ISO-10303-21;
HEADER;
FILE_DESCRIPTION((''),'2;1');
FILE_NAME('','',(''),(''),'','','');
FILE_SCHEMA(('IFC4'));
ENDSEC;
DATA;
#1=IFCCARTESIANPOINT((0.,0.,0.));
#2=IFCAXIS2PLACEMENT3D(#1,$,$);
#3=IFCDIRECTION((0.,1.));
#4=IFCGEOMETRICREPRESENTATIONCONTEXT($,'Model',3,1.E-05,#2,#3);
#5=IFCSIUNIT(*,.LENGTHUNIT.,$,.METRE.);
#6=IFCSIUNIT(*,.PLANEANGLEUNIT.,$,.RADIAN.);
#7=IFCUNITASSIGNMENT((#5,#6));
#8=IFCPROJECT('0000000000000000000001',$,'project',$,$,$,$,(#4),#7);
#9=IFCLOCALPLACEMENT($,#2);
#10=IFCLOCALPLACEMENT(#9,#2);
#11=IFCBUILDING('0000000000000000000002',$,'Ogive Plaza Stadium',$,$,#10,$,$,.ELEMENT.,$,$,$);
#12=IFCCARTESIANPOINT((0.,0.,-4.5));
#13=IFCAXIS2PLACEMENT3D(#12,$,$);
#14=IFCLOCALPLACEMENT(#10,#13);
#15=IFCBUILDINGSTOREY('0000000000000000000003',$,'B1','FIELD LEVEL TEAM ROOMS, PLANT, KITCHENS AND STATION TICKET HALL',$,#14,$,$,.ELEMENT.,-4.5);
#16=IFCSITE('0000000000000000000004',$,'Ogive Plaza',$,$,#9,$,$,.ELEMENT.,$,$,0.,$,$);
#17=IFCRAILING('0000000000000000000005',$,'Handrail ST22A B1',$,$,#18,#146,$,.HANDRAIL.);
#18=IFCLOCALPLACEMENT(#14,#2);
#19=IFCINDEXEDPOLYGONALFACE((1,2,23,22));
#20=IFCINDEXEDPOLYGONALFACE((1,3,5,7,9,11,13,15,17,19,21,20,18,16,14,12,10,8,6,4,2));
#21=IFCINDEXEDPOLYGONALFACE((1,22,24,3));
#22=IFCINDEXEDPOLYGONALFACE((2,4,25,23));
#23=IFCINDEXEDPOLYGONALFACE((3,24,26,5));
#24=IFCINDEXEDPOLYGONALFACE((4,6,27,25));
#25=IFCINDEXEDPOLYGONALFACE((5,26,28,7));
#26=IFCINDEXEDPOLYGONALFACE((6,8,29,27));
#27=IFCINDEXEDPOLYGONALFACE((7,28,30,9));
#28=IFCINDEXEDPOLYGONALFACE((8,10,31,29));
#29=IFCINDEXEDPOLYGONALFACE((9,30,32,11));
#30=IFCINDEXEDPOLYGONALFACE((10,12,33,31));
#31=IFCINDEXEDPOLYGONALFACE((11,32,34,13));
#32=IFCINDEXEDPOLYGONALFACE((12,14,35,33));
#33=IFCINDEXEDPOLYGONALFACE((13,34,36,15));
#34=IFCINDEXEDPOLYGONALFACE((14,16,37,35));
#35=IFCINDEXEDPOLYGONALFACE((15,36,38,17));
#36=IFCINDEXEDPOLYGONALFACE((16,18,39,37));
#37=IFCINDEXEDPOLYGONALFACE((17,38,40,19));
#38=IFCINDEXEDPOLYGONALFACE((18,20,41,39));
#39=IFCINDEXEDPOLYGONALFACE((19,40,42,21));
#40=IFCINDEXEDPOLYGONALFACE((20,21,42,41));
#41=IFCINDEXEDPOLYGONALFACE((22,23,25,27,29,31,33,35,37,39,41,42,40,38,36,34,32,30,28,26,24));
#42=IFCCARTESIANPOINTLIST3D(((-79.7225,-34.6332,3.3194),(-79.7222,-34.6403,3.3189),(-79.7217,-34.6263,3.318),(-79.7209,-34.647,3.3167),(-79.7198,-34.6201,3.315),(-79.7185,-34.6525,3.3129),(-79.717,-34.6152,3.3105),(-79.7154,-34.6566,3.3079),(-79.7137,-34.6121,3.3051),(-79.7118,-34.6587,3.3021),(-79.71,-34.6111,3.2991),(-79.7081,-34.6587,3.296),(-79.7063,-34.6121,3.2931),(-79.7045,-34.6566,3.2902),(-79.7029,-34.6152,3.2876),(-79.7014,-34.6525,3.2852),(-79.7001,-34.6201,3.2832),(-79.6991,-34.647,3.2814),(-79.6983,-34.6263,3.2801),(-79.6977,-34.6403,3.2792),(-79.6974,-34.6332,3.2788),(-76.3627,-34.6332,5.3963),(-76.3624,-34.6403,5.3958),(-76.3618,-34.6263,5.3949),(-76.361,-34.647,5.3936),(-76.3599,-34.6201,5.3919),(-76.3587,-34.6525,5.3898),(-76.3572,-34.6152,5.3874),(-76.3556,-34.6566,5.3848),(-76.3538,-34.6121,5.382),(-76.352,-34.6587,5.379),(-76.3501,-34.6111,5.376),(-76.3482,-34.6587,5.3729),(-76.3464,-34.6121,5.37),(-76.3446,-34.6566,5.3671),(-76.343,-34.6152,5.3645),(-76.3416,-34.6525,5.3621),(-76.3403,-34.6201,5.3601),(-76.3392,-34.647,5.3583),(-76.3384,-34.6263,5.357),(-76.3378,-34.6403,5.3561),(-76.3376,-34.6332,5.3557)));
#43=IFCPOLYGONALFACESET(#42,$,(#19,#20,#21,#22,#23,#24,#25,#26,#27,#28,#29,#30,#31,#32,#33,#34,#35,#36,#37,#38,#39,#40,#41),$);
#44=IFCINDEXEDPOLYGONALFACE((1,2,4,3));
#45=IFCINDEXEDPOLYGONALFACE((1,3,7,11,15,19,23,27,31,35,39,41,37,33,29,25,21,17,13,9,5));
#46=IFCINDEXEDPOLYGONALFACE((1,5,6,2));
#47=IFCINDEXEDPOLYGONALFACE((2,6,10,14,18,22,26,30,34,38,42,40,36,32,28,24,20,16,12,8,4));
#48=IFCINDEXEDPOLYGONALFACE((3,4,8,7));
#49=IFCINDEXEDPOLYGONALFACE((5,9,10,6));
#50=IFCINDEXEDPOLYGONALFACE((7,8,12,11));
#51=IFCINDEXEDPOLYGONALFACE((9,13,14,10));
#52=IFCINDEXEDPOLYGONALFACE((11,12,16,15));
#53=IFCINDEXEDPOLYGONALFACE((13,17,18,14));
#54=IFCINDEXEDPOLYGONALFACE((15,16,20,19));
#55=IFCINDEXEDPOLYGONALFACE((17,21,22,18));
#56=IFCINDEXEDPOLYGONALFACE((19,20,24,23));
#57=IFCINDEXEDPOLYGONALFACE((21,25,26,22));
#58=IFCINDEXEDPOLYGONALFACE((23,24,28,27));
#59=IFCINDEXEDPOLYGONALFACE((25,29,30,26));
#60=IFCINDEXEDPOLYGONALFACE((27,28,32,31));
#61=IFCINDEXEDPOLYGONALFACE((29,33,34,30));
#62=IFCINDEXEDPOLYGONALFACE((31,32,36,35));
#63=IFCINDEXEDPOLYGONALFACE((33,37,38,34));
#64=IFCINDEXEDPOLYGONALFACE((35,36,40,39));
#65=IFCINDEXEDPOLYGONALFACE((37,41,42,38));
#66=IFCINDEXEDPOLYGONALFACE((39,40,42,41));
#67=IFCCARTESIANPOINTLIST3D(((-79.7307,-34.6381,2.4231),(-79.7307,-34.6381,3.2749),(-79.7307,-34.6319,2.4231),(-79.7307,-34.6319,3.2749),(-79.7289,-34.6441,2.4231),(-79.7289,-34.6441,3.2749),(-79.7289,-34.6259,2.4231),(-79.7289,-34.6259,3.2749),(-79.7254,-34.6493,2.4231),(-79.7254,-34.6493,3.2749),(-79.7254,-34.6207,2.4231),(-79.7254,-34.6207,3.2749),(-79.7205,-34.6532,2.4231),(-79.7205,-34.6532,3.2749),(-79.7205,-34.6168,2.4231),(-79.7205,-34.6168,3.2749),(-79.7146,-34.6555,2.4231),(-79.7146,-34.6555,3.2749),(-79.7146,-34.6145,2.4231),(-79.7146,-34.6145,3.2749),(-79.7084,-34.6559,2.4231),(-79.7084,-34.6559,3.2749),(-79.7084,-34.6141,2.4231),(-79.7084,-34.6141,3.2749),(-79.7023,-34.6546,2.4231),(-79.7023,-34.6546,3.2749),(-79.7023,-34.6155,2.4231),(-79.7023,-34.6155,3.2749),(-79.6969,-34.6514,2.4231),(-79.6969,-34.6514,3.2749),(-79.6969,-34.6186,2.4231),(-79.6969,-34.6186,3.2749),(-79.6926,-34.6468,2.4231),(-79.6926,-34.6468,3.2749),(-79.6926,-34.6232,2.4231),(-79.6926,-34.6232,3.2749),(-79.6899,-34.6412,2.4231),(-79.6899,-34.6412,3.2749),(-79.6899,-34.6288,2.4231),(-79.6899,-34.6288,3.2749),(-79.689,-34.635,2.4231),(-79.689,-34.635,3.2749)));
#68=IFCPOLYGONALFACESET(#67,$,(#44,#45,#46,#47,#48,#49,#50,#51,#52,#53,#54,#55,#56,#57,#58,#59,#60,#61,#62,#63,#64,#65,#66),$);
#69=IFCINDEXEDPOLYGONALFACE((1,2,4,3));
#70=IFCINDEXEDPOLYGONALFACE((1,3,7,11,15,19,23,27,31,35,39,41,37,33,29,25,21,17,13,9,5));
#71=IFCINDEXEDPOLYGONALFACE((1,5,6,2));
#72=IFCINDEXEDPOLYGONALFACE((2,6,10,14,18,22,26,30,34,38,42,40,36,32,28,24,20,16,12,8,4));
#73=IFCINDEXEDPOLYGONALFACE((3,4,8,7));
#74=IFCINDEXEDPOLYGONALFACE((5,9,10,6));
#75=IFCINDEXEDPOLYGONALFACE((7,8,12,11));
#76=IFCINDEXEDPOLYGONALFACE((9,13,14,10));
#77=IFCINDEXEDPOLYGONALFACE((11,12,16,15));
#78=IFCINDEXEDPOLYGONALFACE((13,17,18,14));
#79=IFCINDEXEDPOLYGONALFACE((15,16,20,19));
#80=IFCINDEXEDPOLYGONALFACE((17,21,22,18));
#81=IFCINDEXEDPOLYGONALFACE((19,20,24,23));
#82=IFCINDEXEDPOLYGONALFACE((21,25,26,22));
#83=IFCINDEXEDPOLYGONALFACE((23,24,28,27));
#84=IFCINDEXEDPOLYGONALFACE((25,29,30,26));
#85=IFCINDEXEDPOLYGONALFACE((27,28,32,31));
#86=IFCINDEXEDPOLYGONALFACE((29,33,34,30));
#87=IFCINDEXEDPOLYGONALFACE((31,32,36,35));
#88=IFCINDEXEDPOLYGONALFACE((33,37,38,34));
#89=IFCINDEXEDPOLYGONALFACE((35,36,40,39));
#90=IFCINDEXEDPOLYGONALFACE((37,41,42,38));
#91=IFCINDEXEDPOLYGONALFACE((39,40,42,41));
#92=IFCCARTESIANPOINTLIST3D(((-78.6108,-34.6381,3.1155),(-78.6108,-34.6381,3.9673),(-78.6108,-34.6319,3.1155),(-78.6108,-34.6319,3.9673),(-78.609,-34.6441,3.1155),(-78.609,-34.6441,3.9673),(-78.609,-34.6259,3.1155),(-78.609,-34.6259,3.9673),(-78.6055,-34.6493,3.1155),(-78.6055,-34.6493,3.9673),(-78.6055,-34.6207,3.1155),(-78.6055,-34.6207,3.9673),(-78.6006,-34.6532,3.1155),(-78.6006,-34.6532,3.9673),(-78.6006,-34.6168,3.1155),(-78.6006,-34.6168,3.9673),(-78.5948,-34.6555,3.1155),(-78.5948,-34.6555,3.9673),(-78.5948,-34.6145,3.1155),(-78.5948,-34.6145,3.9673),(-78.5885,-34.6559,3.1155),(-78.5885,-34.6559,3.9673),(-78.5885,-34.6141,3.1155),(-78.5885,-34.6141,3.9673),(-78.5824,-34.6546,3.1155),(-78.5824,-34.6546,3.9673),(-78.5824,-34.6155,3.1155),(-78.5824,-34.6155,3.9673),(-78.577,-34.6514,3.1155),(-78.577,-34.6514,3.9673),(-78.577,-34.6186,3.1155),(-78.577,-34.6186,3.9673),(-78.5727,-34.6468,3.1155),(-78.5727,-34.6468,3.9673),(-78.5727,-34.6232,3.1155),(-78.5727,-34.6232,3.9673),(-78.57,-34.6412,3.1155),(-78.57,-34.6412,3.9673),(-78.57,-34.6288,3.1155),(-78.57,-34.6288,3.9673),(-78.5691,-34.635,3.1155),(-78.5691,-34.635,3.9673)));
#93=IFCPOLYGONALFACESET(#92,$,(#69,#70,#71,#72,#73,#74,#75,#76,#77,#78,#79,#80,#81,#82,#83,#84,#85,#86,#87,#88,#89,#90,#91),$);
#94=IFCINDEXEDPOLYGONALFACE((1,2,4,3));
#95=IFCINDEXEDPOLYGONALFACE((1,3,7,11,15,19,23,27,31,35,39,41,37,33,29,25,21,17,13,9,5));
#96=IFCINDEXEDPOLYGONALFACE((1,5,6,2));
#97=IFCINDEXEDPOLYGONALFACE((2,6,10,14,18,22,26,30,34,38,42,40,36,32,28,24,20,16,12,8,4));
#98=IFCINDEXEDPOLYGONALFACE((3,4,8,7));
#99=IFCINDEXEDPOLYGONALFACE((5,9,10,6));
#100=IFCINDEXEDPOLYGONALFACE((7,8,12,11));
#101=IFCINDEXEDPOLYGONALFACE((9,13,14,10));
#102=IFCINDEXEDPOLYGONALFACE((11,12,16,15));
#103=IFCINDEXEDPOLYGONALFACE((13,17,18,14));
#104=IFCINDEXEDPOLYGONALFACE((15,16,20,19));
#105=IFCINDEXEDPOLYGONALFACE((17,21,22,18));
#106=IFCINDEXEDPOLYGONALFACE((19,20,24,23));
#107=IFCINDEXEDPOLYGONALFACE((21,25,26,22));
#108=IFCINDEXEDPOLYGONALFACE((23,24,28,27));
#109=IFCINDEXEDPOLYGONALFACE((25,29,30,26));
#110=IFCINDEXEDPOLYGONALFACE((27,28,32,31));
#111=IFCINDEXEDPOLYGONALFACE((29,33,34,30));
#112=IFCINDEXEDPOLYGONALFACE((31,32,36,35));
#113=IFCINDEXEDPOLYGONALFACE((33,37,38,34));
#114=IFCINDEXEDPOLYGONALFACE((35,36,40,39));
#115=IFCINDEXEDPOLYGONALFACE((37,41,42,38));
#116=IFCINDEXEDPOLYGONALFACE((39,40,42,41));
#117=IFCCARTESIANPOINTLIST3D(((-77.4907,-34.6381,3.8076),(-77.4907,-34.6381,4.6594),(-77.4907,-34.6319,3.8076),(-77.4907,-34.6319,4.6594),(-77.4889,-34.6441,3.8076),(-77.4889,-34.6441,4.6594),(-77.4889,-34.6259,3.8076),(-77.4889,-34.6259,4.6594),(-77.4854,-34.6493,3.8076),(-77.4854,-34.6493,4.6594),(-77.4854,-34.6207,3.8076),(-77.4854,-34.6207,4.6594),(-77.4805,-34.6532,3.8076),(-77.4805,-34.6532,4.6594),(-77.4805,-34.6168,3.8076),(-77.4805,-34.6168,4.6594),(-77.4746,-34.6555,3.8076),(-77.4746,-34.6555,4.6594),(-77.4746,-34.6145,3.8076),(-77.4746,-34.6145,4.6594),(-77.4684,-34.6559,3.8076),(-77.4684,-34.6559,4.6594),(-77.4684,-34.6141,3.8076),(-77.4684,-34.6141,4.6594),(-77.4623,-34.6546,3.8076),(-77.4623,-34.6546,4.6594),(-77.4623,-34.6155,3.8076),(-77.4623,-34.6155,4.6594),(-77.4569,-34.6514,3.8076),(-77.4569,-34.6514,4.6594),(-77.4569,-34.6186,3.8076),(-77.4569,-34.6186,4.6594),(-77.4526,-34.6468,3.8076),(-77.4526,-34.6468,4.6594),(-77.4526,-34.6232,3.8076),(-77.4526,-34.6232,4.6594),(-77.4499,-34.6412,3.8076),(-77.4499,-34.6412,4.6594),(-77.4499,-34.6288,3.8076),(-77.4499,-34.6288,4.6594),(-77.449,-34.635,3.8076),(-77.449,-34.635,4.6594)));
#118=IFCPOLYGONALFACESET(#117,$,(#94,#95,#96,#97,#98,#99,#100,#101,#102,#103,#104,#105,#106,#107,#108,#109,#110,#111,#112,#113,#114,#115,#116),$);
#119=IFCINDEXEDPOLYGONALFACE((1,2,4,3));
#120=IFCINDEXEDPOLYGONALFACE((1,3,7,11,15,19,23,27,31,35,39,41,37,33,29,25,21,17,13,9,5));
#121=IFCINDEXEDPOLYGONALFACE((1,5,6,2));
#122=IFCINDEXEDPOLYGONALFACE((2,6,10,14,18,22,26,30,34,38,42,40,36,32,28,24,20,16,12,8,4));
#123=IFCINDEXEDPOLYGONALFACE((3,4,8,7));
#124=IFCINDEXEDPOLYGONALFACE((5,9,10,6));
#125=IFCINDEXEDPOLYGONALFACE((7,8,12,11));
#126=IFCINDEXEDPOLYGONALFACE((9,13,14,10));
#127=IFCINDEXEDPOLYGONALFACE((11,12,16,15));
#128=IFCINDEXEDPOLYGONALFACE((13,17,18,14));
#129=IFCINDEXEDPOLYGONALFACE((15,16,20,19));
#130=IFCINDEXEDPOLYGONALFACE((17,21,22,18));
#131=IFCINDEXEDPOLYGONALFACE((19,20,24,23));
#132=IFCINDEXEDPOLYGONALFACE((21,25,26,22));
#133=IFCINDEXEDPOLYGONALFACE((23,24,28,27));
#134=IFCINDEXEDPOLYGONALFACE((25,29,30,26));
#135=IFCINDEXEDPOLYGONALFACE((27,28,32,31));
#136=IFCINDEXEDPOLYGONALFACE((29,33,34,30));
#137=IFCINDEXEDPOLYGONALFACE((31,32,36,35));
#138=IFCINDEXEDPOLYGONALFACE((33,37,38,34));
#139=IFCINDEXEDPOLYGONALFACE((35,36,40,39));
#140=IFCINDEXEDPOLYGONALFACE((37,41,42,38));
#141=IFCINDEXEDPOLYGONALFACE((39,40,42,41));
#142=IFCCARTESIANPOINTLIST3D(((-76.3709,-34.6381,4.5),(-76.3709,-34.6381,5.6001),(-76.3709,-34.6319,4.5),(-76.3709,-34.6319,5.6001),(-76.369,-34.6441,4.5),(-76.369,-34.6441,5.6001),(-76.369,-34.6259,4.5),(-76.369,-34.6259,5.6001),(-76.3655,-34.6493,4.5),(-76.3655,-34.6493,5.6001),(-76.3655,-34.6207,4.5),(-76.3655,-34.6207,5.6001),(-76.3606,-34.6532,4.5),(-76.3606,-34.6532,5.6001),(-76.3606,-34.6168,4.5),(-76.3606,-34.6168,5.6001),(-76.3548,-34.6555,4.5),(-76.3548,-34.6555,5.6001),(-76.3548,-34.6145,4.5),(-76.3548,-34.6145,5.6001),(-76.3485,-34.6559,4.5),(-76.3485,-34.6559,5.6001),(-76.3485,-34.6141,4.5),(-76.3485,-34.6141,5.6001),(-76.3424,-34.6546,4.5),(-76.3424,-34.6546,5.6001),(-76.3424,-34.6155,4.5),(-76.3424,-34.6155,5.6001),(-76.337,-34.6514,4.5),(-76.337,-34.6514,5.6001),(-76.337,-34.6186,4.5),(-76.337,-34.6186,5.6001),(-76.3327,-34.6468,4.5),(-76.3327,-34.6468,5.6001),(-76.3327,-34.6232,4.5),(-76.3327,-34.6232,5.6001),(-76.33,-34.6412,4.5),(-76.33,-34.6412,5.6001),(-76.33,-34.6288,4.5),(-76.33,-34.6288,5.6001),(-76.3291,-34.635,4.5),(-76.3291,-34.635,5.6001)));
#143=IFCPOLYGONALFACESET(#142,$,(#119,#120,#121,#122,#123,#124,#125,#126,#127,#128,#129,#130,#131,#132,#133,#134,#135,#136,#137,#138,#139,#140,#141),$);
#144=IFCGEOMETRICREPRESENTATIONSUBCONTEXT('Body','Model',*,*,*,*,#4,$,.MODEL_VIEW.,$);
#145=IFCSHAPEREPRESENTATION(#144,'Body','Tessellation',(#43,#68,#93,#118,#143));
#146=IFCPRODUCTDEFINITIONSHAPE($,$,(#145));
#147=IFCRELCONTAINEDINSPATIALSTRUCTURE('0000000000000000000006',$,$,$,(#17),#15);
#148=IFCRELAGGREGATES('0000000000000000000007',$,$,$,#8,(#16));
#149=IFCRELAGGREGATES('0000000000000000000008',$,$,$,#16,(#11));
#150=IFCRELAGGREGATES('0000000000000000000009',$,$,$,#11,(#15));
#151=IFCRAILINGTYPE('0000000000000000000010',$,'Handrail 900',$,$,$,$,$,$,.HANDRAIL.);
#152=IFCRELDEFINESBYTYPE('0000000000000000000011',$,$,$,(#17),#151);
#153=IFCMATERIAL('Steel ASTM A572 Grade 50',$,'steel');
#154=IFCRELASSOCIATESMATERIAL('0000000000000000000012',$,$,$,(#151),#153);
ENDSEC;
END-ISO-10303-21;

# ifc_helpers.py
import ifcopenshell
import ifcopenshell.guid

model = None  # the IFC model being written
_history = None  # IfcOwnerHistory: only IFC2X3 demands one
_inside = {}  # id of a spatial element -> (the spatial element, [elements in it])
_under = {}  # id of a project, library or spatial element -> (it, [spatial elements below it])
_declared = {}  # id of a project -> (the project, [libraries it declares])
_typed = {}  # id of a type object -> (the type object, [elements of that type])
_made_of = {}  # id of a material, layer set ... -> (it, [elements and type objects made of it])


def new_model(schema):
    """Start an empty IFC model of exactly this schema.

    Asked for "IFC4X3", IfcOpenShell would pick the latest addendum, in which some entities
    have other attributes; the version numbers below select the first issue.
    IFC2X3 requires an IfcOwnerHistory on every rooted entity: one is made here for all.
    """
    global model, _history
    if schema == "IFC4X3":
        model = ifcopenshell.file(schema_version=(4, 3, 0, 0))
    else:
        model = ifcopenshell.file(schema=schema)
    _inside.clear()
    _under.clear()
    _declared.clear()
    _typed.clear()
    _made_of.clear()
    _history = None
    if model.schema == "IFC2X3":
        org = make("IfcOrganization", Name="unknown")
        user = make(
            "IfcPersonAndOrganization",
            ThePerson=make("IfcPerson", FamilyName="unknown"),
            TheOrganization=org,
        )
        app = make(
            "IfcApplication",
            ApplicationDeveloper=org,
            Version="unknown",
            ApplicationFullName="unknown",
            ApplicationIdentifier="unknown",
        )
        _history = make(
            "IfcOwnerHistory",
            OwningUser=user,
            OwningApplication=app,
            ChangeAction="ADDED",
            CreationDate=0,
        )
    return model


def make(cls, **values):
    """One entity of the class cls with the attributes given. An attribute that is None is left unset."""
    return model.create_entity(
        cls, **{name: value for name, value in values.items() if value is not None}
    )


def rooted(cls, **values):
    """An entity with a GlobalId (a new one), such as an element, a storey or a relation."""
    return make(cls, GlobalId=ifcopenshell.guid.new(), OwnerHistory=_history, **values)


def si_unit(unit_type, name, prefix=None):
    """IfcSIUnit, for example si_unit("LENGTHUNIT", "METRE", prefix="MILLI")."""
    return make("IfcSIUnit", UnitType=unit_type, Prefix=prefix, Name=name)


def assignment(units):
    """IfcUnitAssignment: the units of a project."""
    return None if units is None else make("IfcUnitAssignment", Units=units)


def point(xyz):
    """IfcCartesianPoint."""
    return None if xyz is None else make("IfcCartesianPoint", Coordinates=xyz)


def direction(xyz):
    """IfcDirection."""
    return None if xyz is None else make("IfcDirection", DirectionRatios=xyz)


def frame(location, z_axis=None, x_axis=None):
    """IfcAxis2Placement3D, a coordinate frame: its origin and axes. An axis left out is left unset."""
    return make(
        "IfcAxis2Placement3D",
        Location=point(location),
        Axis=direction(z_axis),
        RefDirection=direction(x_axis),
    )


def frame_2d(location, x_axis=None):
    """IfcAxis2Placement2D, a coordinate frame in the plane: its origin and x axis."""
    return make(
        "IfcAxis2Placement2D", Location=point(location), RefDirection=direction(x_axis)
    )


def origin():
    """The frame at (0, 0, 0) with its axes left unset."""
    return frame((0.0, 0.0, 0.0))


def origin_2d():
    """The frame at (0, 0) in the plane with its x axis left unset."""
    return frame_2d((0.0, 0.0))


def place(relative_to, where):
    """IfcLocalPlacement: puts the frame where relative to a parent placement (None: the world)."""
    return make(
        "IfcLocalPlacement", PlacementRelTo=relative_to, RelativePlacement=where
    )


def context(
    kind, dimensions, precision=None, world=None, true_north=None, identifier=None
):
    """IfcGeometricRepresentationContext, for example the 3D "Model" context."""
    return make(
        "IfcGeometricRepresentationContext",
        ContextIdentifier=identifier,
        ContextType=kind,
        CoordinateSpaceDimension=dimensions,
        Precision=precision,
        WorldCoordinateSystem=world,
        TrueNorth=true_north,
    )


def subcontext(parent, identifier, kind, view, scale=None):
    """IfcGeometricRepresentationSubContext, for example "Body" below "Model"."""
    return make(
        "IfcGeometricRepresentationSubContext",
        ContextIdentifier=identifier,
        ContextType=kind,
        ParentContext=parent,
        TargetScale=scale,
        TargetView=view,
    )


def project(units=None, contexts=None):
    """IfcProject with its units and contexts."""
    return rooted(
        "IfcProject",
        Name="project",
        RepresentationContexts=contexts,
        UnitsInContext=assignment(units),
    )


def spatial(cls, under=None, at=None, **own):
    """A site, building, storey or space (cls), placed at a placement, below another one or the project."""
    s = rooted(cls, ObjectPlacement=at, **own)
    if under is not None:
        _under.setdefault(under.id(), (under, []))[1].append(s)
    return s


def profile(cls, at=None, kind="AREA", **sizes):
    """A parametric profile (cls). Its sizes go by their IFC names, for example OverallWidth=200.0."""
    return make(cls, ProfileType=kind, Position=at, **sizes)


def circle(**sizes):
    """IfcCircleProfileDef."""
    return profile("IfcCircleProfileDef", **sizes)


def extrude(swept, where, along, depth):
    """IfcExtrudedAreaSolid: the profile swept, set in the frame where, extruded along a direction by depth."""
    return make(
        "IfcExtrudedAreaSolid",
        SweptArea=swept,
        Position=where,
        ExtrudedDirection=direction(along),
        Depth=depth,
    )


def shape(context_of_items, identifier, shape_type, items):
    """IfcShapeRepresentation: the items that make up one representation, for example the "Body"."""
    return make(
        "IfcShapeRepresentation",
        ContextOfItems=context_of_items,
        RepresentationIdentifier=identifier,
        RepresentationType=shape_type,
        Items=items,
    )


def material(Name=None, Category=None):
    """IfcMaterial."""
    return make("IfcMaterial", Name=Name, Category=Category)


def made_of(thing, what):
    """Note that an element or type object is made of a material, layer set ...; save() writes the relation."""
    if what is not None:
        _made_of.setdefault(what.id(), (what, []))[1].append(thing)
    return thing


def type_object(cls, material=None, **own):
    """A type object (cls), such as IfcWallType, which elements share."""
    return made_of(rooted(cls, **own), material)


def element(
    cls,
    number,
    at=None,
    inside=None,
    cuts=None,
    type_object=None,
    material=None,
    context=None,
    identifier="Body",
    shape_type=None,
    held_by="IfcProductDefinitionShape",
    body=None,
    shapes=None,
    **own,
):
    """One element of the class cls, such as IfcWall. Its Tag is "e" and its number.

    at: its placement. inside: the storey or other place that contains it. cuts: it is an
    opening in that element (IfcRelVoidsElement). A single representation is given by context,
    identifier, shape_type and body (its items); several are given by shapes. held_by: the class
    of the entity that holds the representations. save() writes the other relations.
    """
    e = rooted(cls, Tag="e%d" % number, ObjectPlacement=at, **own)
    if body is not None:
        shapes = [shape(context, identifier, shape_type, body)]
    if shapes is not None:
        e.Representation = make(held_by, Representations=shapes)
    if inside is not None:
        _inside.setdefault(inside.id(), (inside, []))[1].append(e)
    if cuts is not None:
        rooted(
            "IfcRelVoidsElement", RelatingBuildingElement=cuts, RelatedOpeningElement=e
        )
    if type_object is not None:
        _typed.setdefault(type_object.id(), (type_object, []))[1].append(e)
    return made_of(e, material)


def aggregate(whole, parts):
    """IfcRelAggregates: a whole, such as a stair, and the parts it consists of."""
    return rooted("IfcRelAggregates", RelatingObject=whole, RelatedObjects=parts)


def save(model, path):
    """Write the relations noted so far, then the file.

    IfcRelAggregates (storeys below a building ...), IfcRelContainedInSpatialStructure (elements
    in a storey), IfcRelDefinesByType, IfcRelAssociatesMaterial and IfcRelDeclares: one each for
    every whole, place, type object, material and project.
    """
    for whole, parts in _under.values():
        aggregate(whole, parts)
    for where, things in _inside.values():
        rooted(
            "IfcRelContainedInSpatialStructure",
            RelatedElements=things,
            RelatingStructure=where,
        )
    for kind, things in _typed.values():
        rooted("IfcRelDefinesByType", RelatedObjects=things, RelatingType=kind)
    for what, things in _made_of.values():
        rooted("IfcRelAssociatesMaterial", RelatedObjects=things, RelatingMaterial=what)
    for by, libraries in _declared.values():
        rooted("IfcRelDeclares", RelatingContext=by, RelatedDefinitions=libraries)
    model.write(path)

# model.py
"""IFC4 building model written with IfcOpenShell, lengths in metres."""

from ifc_helpers import new_model, si_unit, direction, frame, origin, origin_2d, place, context, subcontext, project, spatial, circle, extrude, material, type_object, element, save


model = new_model("IFC4")

# Units and contexts
model_context = context("Model", 3, precision=1e-05, world=origin(), true_north=direction((0.0, 1.0)))
body_context = subcontext(model_context, "Body", "Model", "MODEL_VIEW")
ifc_project = project(units=[si_unit("LENGTHUNIT", "METRE"), si_unit("PLANEANGLEUNIT", "RADIAN")], contexts=[model_context])

# Site, building, storey
site_placement = place(None, origin())
site = spatial("IfcSite", under=ifc_project, at=site_placement, Name="Ogive Plaza", CompositionType="ELEMENT", RefElevation=0.0)
building_placement = place(site_placement, origin())
building = spatial("IfcBuilding", under=site, at=building_placement, Name="Ogive Plaza Stadium", CompositionType="ELEMENT")
storey_placement = place(building_placement, frame((0.0, 0.0, -4.5)))
storey = spatial("IfcBuildingStorey", under=building, at=storey_placement, Name="B1", Description="FIELD LEVEL TEAM ROOMS, PLANT, KITCHENS AND STATION TICKET HALL", CompositionType="ELEMENT", Elevation=-4.5)

# Railing
ifc_material_1 = material(Name="Steel ASTM A572 Grade 50", Category="steel")
railing_type_1 = type_object("IfcRailingType", Name="Handrail 900", PredefinedType="HANDRAIL", material=ifc_material_1)
for number, where, name in (
    (1, (-79.71, -34.635, 2.4231), "Handrail ST22A B1"),
):
    element("IfcRailing", number, at=place(storey_placement, frame(where)), inside=storey, type_object=railing_type_1, Name=name, PredefinedType="HANDRAIL", context=body_context, shape_type="SweptSolid", body=[
        extrude(circle(Radius=0.0239, at=origin_2d()), frame((0.0, 0.0, 0.876), z_axis=(0.850606, 0.0, 0.525803), x_axis=(0.0, 1.0, 0.0)), (0.0, 0.0, 1.0), 3.95),
        extrude(circle(Radius=0.021, at=origin_2d()), origin(), (0.0, 0.0, 1.0), 0.8518),
        extrude(circle(Radius=0.021, at=origin_2d()), frame((1.1199, 0.0, 0.6924)), (0.0, 0.0, 1.0), 0.8518),
        extrude(circle(Radius=0.021, at=origin_2d()), frame((2.24, 0.0, 1.3845)), (0.0, 0.0, 1.0), 0.8518),
        extrude(circle(Radius=0.021, at=origin_2d()), frame((3.3599, 0.0, 2.0769)), (0.0, 0.0, 1.0), 1.1001),
    ])

save(model, "model.ifc")
